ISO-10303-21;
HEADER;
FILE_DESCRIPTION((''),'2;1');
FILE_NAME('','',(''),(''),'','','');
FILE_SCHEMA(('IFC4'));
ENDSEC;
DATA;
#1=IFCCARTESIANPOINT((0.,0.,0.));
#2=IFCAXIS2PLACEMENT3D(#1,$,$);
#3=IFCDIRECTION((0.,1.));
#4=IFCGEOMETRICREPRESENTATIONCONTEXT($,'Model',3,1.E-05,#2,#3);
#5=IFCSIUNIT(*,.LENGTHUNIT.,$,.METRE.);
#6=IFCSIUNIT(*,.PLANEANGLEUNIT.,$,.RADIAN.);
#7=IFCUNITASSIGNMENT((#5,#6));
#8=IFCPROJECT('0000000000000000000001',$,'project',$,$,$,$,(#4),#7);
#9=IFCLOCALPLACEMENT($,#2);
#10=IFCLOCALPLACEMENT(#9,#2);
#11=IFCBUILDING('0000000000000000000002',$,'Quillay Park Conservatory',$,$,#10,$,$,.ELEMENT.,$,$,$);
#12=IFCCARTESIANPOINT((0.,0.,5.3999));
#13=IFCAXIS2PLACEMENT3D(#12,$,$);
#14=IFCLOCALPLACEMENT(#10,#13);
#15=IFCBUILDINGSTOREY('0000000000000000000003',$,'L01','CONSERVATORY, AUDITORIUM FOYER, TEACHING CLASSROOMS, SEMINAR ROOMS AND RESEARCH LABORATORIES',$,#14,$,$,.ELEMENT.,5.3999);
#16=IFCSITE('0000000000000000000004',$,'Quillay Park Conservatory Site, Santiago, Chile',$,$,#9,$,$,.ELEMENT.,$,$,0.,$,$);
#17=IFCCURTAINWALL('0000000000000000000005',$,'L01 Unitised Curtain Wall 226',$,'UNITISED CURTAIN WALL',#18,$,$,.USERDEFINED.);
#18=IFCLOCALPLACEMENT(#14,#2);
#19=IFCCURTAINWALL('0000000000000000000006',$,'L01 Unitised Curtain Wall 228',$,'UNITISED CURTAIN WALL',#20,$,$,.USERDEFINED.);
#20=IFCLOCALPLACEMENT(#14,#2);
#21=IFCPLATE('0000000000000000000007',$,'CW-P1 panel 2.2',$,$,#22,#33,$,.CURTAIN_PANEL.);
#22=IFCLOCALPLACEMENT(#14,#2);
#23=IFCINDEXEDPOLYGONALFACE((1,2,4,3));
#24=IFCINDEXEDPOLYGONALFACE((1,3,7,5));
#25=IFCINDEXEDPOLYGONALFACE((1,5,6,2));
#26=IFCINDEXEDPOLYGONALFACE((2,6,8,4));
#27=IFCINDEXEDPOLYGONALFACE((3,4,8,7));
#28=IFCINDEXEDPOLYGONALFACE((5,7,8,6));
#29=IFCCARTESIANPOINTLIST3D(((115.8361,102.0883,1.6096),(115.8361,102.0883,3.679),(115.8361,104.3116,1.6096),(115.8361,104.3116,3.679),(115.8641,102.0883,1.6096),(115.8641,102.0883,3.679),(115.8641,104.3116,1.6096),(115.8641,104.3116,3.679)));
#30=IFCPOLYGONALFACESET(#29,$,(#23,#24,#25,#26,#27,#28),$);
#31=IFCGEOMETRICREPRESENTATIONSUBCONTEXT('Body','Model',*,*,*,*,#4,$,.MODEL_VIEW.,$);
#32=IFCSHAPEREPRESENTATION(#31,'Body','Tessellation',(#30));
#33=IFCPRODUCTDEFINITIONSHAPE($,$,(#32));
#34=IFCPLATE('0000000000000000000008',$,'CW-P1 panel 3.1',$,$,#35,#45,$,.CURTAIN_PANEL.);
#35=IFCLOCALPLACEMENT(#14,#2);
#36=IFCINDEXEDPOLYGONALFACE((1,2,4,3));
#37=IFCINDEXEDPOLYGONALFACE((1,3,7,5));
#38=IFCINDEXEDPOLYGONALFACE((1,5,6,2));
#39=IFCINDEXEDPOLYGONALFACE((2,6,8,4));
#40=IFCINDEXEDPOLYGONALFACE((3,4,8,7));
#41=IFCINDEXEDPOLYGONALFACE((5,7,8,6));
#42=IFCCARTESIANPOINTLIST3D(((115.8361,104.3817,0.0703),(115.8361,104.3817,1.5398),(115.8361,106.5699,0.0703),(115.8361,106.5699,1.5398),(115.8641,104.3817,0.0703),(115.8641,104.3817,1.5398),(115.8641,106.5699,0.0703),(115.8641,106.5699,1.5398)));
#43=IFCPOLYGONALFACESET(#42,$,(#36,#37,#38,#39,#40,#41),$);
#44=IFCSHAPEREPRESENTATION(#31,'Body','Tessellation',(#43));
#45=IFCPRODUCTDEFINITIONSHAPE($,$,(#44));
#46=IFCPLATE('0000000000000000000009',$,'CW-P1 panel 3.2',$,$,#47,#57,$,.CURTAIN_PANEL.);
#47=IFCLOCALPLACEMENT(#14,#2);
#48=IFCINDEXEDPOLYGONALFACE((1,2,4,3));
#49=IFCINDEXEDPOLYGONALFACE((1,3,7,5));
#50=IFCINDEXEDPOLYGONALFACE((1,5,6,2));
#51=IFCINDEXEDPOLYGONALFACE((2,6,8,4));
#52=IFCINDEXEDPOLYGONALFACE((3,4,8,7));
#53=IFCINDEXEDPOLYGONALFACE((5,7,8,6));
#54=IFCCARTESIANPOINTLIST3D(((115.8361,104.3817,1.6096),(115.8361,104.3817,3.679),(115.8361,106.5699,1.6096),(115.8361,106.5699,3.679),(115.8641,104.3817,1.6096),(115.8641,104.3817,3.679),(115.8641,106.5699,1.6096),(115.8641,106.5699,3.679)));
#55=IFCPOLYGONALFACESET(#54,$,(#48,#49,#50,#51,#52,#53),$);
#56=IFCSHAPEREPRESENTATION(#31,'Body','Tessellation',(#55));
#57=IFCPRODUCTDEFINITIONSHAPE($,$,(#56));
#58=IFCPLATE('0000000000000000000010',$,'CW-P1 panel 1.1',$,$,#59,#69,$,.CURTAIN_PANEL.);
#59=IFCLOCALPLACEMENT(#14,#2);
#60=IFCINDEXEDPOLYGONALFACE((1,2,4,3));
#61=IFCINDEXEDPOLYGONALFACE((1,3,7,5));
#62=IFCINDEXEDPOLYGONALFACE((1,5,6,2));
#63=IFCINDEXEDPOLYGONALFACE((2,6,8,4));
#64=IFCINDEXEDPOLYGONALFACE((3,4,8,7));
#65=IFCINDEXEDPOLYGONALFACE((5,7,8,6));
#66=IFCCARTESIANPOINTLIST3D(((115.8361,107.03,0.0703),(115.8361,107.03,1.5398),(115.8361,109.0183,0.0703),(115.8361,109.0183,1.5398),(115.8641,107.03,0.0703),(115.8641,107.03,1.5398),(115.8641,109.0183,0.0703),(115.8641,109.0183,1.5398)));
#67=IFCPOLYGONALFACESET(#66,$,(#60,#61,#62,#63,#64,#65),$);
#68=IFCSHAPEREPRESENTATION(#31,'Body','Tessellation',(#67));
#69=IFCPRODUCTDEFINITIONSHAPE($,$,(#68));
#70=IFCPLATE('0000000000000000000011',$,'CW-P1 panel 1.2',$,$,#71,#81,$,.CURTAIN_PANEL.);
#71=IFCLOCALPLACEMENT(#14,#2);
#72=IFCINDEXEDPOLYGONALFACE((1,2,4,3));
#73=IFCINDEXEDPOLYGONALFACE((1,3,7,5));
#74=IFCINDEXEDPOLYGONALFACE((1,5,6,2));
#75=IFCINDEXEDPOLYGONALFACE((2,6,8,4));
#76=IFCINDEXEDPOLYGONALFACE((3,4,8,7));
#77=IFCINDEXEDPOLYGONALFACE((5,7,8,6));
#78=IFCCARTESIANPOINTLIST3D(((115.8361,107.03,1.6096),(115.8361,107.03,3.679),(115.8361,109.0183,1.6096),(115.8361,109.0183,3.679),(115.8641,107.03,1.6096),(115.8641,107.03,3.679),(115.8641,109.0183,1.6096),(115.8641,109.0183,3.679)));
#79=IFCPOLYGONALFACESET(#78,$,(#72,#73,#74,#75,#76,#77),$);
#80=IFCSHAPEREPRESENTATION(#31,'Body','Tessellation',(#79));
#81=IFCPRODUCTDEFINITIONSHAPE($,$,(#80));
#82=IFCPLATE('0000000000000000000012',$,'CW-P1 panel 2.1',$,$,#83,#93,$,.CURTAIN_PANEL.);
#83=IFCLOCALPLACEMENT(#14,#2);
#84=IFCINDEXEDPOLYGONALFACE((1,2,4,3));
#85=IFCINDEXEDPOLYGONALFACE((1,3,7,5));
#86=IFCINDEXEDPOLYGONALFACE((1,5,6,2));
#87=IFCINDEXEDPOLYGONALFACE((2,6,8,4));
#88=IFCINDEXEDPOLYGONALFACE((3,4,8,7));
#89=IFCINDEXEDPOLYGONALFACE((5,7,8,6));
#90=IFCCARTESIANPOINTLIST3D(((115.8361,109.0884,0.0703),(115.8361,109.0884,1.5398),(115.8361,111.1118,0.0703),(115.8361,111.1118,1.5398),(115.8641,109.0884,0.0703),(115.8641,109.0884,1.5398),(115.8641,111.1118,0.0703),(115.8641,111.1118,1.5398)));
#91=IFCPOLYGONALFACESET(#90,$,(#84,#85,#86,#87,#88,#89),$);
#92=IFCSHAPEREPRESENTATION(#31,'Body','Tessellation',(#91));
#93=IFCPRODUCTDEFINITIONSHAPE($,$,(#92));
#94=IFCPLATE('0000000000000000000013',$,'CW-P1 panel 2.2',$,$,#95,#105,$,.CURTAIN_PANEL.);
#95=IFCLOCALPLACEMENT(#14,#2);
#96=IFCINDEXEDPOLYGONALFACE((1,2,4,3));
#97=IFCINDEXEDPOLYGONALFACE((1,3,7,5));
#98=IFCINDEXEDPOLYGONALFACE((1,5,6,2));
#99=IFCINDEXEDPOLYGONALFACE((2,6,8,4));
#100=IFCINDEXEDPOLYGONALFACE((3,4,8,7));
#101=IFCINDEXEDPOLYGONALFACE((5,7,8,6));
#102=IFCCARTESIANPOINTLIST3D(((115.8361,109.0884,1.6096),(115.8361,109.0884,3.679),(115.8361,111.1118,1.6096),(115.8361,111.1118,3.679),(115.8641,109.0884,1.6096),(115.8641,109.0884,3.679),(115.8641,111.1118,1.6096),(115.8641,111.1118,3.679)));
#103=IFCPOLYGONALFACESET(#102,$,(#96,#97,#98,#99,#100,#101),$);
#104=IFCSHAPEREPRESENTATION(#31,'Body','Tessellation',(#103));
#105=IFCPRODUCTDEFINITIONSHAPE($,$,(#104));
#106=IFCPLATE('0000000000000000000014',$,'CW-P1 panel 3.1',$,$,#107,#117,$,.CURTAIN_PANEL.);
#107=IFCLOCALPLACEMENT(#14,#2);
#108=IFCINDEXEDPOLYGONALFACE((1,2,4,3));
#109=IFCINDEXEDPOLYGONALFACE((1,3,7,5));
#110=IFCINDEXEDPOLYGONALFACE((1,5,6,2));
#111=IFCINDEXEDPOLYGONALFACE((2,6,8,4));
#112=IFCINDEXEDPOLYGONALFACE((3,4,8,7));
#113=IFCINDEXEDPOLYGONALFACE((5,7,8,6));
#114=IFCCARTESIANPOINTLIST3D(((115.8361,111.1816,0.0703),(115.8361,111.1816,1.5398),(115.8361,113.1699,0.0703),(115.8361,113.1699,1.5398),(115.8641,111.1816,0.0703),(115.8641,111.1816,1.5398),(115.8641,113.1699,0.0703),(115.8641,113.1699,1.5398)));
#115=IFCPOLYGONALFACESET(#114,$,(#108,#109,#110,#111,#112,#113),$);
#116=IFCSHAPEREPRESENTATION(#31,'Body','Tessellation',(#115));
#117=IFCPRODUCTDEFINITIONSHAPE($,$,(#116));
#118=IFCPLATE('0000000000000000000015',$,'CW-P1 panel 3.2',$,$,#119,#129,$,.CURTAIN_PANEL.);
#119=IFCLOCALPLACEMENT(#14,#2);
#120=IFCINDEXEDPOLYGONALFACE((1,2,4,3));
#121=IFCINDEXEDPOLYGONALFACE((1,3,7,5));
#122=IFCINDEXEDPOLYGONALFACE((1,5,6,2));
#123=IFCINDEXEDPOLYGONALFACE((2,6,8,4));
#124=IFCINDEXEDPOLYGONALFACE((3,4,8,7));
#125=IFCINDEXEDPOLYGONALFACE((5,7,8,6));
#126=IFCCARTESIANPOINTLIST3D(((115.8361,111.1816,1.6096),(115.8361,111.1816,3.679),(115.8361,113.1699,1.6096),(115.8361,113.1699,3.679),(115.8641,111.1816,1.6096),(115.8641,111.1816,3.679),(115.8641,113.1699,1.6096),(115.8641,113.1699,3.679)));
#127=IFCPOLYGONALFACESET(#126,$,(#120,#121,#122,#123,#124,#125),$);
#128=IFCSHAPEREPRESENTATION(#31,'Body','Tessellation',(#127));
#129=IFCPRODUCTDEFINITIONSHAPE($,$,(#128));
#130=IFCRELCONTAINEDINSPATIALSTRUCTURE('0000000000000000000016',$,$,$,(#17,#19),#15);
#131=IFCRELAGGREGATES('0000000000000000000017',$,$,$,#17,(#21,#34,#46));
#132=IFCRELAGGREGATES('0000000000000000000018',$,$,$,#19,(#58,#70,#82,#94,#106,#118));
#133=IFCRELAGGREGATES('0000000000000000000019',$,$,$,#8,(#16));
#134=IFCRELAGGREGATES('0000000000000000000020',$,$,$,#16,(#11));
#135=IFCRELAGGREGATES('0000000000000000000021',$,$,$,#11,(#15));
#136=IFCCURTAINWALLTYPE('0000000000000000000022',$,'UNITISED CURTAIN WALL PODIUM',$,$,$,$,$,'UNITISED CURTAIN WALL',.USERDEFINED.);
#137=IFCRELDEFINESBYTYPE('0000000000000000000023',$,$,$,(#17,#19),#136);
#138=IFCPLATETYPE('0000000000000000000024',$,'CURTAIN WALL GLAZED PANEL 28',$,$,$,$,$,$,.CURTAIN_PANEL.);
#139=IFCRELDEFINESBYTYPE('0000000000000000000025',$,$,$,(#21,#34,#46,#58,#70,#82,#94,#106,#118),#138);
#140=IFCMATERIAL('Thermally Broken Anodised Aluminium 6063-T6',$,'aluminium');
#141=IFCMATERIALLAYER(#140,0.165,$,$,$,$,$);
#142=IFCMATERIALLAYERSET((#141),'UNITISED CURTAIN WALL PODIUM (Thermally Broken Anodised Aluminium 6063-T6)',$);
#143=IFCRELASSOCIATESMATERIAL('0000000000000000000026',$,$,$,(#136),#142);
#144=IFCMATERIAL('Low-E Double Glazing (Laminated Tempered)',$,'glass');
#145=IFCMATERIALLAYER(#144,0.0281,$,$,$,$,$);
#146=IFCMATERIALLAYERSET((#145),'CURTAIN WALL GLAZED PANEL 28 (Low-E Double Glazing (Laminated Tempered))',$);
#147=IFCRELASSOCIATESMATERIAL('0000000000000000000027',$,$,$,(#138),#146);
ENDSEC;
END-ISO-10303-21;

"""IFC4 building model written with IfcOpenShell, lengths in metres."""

from ifc_helpers import new_model, si_unit, direction, frame, origin, origin_2d, place, context, subcontext, project, spatial, rectangle, extrude, material, layer, layer_set, type_object, element, aggregate, save


model = new_model("IFC4")

# Units and contexts
model_context = context("Model", 3, precision=1e-05, world=origin(), true_north=direction((0.0, 1.0)))
body_context = subcontext(model_context, "Body", "Model", "MODEL_VIEW")
ifc_project = project(units=[si_unit("LENGTHUNIT", "METRE"), si_unit("PLANEANGLEUNIT", "RADIAN")], contexts=[model_context])

# Site, building, storey
site_placement = place(None, origin())
site = spatial("IfcSite", under=ifc_project, at=site_placement, Name="Quillay Park Conservatory Site, Santiago, Chile", CompositionType="ELEMENT", RefElevation=0.0)
building_placement = place(site_placement, origin())
building = spatial("IfcBuilding", under=site, at=building_placement, Name="Quillay Park Conservatory", CompositionType="ELEMENT")
storey_placement = place(building_placement, frame((0.0, 0.0, 5.3999)))
storey = spatial("IfcBuildingStorey", under=building, at=storey_placement, Name="L01", Description="CONSERVATORY, AUDITORIUM FOYER, TEACHING CLASSROOMS, SEMINAR ROOMS AND RESEARCH LABORATORIES", CompositionType="ELEMENT", Elevation=5.3999)

# Shared definitions
ifc_material_1 = material(Name="Thermally Broken Anodised Aluminium 6063-T6", Category="aluminium")
ifc_layer_1 = layer(ifc_material_1, 0.165)
ifc_layer_set_1 = layer_set([ifc_layer_1], Name="UNITISED CURTAIN WALL PODIUM (Thermally Broken Anodised Aluminium 6063-T6)")
curtain_wall_type_1 = type_object("IfcCurtainWallType", Name="UNITISED CURTAIN WALL PODIUM", ElementType="UNITISED CURTAIN WALL", PredefinedType="USERDEFINED", material=ifc_layer_set_1)

# Curtain wall
curtain_wall_1_placement = place(storey_placement, origin())
curtain_wall_1 = element("IfcCurtainWall", 1, at=curtain_wall_1_placement, inside=storey, type_object=curtain_wall_type_1, Name="L01 Unitised Curtain Wall 226", ObjectType="UNITISED CURTAIN WALL", PredefinedType="USERDEFINED")

# Curtain wall
curtain_wall_2_placement = place(storey_placement, origin())
curtain_wall_2 = element("IfcCurtainWall", 2, at=curtain_wall_2_placement, inside=storey, type_object=curtain_wall_type_1, Name="L01 Unitised Curtain Wall 228", ObjectType="UNITISED CURTAIN WALL", PredefinedType="USERDEFINED")

# Plates
ifc_material_2 = material(Name="Low-E Double Glazing (Laminated Tempered)", Category="glass")
ifc_layer_2 = layer(ifc_material_2, 0.0281)
ifc_layer_set_2 = layer_set([ifc_layer_2], Name="CURTAIN WALL GLAZED PANEL 28 (Low-E Double Glazing (Laminated Tempered))")
plate_type = type_object("IfcPlateType", Name="CURTAIN WALL GLAZED PANEL 28", PredefinedType="CURTAIN_PANEL", material=ifc_layer_set_2)
plate_1_placement = place(storey_placement, frame((115.8501, 103.2, 1.6096), z_axis=(0.0, 0.0, 1.0), x_axis=(0.0, 1.0, 0.0)))
plate_1 = element("IfcPlate", 3, at=plate_1_placement, type_object=plate_type, Name="CW-P1 panel 2.2", PredefinedType="CURTAIN_PANEL", context=body_context, shape_type="SweptSolid", body=[
    extrude(rectangle(XDim=2.2234, YDim=0.0281, at=origin_2d()), origin(), (0.0, 0.0, 1.0), 2.0693),
])
plate_2_placement = place(storey_placement, frame((115.8501, 105.4758, 0.0703), z_axis=(0.0, 0.0, 1.0), x_axis=(0.0, 1.0, 0.0)))
plate_2 = element("IfcPlate", 4, at=plate_2_placement, type_object=plate_type, Name="CW-P1 panel 3.1", PredefinedType="CURTAIN_PANEL", context=body_context, shape_type="SweptSolid", body=[
    extrude(rectangle(XDim=2.1882, YDim=0.0281, at=origin_2d()), origin(), (0.0, 0.0, 1.0), 1.4695),
])
plate_3_placement = place(storey_placement, frame((115.8501, 105.4758, 1.6096), z_axis=(0.0, 0.0, 1.0), x_axis=(0.0, 1.0, 0.0)))
plate_3 = element("IfcPlate", 5, at=plate_3_placement, type_object=plate_type, Name="CW-P1 panel 3.2", PredefinedType="CURTAIN_PANEL", context=body_context, shape_type="SweptSolid", body=[
    extrude(rectangle(XDim=2.1882, YDim=0.0281, at=origin_2d()), origin(), (0.0, 0.0, 1.0), 2.0693),
])
aggregate(curtain_wall_1, [plate_1, plate_2, plate_3])
plate_4_placement = place(storey_placement, frame((115.8501, 108.0242, 0.0703), z_axis=(0.0, 0.0, 1.0), x_axis=(0.0, 1.0, 0.0)))
plate_4 = element("IfcPlate", 6, at=plate_4_placement, type_object=plate_type, Name="CW-P1 panel 1.1", PredefinedType="CURTAIN_PANEL", context=body_context, shape_type="SweptSolid", body=[
    extrude(rectangle(XDim=1.9883, YDim=0.0281, at=origin_2d()), origin(), (0.0, 0.0, 1.0), 1.4695),
])
plate_5_placement = place(storey_placement, frame((115.8501, 108.0242, 1.6096), z_axis=(0.0, 0.0, 1.0), x_axis=(0.0, 1.0, 0.0)))
plate_5 = element("IfcPlate", 7, at=plate_5_placement, type_object=plate_type, Name="CW-P1 panel 1.2", PredefinedType="CURTAIN_PANEL", context=body_context, shape_type="SweptSolid", body=[
    extrude(rectangle(XDim=1.9883, YDim=0.0281, at=origin_2d()), origin(), (0.0, 0.0, 1.0), 2.0693),
])
plate_6_placement = place(storey_placement, frame((115.8501, 110.1001, 0.0703), z_axis=(0.0, 0.0, 1.0), x_axis=(0.0, 1.0, 0.0)))
plate_6 = element("IfcPlate", 8, at=plate_6_placement, type_object=plate_type, Name="CW-P1 panel 2.1", PredefinedType="CURTAIN_PANEL", context=body_context, shape_type="SweptSolid", body=[
    extrude(rectangle(XDim=2.0234, YDim=0.0281, at=origin_2d()), origin(), (0.0, 0.0, 1.0), 1.4695),
])
plate_7_placement = place(storey_placement, frame((115.8501, 110.1001, 1.6096), z_axis=(0.0, 0.0, 1.0), x_axis=(0.0, 1.0, 0.0)))
plate_7 = element("IfcPlate", 9, at=plate_7_placement, type_object=plate_type, Name="CW-P1 panel 2.2", PredefinedType="CURTAIN_PANEL", context=body_context, shape_type="SweptSolid", body=[
    extrude(rectangle(XDim=2.0234, YDim=0.0281, at=origin_2d()), origin(), (0.0, 0.0, 1.0), 2.0693),
])
plate_8_placement = place(storey_placement, frame((115.8501, 112.1758, 0.0703), z_axis=(0.0, 0.0, 1.0), x_axis=(0.0, 1.0, 0.0)))
plate_8 = element("IfcPlate", 10, at=plate_8_placement, type_object=plate_type, Name="CW-P1 panel 3.1", PredefinedType="CURTAIN_PANEL", context=body_context, shape_type="SweptSolid", body=[
    extrude(rectangle(XDim=1.9883, YDim=0.0281, at=origin_2d()), origin(), (0.0, 0.0, 1.0), 1.4695),
])
plate_9_placement = place(storey_placement, frame((115.8501, 112.1758, 1.6096), z_axis=(0.0, 0.0, 1.0), x_axis=(0.0, 1.0, 0.0)))
plate_9 = element("IfcPlate", 11, at=plate_9_placement, type_object=plate_type, Name="CW-P1 panel 3.2", PredefinedType="CURTAIN_PANEL", context=body_context, shape_type="SweptSolid", body=[
    extrude(rectangle(XDim=1.9883, YDim=0.0281, at=origin_2d()), origin(), (0.0, 0.0, 1.0), 2.0693),
])
aggregate(curtain_wall_2, [plate_4, plate_5, plate_6, plate_7, plate_8, plate_9])

save(model, "model.ifc")
